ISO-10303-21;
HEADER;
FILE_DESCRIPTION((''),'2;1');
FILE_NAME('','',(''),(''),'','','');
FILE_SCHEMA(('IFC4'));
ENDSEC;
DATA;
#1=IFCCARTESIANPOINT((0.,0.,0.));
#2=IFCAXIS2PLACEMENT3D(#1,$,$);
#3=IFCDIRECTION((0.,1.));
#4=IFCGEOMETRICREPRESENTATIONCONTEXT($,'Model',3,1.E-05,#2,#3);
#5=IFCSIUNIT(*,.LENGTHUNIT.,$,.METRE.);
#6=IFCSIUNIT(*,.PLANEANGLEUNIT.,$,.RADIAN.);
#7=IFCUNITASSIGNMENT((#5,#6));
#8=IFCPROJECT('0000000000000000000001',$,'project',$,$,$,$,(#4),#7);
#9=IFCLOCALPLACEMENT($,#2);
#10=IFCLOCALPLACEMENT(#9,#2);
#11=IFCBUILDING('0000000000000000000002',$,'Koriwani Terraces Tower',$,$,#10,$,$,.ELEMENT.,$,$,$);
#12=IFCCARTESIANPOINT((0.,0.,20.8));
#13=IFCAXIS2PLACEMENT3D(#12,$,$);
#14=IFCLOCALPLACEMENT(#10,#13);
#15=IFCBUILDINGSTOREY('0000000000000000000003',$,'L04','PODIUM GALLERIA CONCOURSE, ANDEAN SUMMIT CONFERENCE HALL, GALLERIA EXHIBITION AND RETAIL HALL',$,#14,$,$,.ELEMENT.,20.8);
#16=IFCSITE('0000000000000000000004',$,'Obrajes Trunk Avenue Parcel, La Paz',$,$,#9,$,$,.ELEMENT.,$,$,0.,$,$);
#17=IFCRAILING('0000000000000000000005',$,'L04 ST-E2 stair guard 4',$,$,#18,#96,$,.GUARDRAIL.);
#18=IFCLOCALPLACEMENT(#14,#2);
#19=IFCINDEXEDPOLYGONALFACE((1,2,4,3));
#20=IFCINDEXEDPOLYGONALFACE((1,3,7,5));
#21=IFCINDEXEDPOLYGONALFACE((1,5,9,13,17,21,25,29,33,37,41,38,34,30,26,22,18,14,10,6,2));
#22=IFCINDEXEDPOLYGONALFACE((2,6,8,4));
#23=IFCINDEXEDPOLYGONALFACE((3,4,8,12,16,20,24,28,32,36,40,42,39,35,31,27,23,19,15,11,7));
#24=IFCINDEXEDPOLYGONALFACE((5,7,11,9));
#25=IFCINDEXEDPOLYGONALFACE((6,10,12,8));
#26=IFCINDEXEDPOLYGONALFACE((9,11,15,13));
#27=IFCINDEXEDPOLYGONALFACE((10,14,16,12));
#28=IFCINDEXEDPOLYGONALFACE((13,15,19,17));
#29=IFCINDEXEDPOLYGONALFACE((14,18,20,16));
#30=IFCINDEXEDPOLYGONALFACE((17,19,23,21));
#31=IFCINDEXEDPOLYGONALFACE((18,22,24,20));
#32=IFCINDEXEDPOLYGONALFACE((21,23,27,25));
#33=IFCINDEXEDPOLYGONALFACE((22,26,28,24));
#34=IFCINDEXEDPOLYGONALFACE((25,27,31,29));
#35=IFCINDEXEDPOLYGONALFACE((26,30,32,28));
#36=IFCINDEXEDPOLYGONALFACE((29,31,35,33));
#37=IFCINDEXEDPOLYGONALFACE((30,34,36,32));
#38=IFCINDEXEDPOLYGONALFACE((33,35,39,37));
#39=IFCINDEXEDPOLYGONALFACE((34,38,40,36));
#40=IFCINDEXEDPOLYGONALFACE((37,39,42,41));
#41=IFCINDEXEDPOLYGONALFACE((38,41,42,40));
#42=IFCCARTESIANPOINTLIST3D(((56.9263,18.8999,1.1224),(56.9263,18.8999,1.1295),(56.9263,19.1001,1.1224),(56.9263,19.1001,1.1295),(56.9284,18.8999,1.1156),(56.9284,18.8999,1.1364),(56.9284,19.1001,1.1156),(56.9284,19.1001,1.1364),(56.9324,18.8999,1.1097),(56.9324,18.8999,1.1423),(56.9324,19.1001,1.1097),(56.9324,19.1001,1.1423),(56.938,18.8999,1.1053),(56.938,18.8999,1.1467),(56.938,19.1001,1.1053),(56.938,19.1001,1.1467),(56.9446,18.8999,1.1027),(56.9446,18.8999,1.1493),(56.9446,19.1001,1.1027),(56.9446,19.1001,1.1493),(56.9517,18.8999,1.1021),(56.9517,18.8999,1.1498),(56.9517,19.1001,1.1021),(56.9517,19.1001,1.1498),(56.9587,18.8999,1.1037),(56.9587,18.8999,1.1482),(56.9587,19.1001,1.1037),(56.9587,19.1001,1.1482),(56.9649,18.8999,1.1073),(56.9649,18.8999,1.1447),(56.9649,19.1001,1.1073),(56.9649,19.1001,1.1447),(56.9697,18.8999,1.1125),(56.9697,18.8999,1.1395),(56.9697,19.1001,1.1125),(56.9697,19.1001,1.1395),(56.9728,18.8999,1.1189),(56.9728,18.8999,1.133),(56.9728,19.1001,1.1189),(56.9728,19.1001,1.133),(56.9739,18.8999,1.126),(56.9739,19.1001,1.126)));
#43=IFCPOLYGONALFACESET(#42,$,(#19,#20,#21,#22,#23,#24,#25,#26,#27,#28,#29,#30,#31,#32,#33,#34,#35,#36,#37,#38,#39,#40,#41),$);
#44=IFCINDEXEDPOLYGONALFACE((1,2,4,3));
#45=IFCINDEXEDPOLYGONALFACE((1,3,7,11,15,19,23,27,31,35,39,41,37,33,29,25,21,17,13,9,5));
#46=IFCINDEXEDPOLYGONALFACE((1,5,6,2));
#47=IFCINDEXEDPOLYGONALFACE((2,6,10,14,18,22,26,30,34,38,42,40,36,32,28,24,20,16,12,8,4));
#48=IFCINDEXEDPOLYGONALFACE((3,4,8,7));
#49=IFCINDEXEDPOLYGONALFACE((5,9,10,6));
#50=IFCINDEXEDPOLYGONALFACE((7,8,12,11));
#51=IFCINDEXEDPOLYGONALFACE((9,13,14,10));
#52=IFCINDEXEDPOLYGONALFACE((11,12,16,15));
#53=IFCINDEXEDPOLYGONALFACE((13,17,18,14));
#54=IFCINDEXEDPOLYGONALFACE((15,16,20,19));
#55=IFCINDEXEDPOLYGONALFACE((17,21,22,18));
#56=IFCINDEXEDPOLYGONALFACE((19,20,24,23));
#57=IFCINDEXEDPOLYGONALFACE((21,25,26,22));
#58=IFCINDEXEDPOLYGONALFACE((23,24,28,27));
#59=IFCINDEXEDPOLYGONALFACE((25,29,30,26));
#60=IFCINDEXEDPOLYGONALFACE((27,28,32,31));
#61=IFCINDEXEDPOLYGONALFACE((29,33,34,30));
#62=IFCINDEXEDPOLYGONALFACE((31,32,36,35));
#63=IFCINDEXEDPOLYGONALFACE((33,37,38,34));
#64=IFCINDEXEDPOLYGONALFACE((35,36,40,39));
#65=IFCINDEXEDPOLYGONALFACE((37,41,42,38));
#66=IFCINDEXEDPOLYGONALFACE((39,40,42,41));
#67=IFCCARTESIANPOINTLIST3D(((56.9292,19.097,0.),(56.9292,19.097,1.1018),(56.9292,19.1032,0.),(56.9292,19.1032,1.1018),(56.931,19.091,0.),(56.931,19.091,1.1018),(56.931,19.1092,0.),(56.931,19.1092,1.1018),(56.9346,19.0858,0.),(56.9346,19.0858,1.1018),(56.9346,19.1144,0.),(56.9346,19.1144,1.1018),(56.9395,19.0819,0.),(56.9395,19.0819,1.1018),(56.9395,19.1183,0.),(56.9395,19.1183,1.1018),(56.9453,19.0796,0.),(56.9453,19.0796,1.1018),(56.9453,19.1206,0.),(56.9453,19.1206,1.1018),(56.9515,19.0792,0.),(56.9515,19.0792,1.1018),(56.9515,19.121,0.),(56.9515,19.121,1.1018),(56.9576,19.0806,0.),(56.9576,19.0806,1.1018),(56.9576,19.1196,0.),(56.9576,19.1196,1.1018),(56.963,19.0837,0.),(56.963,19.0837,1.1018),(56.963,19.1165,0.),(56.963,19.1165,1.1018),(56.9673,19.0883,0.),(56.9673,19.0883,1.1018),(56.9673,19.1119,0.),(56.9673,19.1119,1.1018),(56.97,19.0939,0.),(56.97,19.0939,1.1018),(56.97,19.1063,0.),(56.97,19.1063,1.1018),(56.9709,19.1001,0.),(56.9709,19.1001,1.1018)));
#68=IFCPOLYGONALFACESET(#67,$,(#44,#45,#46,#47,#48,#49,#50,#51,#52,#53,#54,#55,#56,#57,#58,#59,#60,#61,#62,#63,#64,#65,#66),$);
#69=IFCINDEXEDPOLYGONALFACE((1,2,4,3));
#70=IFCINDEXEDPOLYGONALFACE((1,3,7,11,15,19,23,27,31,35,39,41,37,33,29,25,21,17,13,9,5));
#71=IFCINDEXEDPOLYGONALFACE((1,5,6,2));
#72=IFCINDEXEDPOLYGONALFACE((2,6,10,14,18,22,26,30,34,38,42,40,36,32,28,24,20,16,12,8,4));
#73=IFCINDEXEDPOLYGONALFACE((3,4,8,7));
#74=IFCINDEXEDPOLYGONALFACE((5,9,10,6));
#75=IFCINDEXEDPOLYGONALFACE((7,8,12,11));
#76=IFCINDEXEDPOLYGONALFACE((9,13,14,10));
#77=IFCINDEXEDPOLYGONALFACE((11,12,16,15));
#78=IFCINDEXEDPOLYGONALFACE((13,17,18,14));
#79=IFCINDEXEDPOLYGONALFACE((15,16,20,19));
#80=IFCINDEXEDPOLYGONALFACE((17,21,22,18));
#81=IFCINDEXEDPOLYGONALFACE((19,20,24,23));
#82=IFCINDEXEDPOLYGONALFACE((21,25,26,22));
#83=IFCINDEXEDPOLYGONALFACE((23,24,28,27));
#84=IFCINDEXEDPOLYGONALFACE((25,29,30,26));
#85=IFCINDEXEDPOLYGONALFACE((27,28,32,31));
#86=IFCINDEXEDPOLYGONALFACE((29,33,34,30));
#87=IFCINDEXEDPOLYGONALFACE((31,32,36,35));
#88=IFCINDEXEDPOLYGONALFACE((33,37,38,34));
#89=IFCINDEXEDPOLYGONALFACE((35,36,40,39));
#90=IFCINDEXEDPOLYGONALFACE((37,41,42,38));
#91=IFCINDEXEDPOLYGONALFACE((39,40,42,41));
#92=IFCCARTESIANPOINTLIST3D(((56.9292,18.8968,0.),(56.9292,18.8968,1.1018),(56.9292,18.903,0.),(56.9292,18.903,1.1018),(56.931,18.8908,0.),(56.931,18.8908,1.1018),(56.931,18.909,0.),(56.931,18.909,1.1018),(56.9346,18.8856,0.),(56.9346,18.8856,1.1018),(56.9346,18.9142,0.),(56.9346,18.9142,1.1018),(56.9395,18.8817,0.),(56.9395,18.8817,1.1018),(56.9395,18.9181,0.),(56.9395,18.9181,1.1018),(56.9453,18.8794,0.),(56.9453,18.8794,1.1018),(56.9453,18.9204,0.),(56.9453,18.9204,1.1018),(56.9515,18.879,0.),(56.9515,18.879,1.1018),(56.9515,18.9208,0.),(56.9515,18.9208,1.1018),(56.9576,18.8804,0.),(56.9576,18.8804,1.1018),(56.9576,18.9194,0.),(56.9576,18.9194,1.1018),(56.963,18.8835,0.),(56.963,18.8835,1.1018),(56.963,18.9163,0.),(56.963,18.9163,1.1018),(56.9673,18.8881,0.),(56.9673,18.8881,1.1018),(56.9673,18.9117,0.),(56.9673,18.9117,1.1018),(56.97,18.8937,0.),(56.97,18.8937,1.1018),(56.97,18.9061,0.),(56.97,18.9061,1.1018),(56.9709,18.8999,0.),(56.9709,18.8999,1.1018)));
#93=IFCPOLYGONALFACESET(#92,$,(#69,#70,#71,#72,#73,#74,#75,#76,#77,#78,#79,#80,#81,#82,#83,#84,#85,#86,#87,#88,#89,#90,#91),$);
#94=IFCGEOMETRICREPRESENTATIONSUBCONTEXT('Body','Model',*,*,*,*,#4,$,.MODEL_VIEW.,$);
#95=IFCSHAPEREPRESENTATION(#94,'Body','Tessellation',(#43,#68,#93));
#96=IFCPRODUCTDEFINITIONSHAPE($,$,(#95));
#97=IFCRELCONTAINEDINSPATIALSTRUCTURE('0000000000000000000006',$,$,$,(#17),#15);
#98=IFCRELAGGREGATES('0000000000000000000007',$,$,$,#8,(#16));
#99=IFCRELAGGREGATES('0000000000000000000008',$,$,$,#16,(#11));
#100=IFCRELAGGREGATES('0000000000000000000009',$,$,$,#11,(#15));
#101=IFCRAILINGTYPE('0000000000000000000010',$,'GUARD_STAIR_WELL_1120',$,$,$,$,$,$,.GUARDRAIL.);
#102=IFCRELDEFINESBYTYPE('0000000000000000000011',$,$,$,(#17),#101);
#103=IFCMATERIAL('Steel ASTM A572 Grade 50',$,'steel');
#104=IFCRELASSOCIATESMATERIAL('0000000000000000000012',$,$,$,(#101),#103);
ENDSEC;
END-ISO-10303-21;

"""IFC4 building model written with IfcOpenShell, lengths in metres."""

from ifc_helpers import new_model, si_unit, direction, frame, origin, origin_2d, place, context, subcontext, project, spatial, circle, extrude, material, type_object, element, save


model = new_model("IFC4")

# Units and contexts
model_context = context("Model", 3, precision=1e-05, world=origin(), true_north=direction((0.0, 1.0)))
body_context = subcontext(model_context, "Body", "Model", "MODEL_VIEW")
ifc_project = project(units=[si_unit("LENGTHUNIT", "METRE"), si_unit("PLANEANGLEUNIT", "RADIAN")], contexts=[model_context])

# Site, building, storey
site_placement = place(None, origin())
site = spatial("IfcSite", under=ifc_project, at=site_placement, Name="Obrajes Trunk Avenue Parcel, La Paz", CompositionType="ELEMENT", RefElevation=0.0)
building_placement = place(site_placement, origin())
building = spatial("IfcBuilding", under=site, at=building_placement, Name="Koriwani Terraces Tower", CompositionType="ELEMENT")
storey_placement = place(building_placement, frame((0.0, 0.0, 20.8)))
storey = spatial("IfcBuildingStorey", under=building, at=storey_placement, Name="L04", Description="PODIUM GALLERIA CONCOURSE, ANDEAN SUMMIT CONFERENCE HALL, GALLERIA EXHIBITION AND RETAIL HALL", CompositionType="ELEMENT", Elevation=20.8)

# Shared definitions
ifc_material_1 = material(Name="Steel ASTM A572 Grade 50", Category="steel")

# Railing
railing_type_1 = type_object("IfcRailingType", Name="GUARD_STAIR_WELL_1120", PredefinedType="GUARDRAIL", material=ifc_material_1)
railing_1_placement = place(storey_placement, frame((56.95, 19.1001, 0.0)))
element("IfcRailing", 1, at=railing_1_placement, inside=storey, type_object=railing_type_1, Name="L04 ST-E2 stair guard 4", PredefinedType="GUARDRAIL", context=body_context, shape_type="SweptSolid", body=[
    extrude(circle(Radius=0.0239, at=origin_2d()), frame((0.0, 0.0, 1.126), z_axis=(0.0, -1.0, 0.0), x_axis=(1.0, 0.0, 0.0)), (0.0, 0.0, 1.0), 0.2002),
    extrude(circle(Radius=0.021, at=origin_2d()), origin(), (0.0, 0.0, 1.0), 1.1018),
    extrude(circle(Radius=0.021, at=origin_2d()), frame((0.0, -0.2002, 0.0)), (0.0, 0.0, 1.0), 1.1018),
])

save(model, "model.ifc")
